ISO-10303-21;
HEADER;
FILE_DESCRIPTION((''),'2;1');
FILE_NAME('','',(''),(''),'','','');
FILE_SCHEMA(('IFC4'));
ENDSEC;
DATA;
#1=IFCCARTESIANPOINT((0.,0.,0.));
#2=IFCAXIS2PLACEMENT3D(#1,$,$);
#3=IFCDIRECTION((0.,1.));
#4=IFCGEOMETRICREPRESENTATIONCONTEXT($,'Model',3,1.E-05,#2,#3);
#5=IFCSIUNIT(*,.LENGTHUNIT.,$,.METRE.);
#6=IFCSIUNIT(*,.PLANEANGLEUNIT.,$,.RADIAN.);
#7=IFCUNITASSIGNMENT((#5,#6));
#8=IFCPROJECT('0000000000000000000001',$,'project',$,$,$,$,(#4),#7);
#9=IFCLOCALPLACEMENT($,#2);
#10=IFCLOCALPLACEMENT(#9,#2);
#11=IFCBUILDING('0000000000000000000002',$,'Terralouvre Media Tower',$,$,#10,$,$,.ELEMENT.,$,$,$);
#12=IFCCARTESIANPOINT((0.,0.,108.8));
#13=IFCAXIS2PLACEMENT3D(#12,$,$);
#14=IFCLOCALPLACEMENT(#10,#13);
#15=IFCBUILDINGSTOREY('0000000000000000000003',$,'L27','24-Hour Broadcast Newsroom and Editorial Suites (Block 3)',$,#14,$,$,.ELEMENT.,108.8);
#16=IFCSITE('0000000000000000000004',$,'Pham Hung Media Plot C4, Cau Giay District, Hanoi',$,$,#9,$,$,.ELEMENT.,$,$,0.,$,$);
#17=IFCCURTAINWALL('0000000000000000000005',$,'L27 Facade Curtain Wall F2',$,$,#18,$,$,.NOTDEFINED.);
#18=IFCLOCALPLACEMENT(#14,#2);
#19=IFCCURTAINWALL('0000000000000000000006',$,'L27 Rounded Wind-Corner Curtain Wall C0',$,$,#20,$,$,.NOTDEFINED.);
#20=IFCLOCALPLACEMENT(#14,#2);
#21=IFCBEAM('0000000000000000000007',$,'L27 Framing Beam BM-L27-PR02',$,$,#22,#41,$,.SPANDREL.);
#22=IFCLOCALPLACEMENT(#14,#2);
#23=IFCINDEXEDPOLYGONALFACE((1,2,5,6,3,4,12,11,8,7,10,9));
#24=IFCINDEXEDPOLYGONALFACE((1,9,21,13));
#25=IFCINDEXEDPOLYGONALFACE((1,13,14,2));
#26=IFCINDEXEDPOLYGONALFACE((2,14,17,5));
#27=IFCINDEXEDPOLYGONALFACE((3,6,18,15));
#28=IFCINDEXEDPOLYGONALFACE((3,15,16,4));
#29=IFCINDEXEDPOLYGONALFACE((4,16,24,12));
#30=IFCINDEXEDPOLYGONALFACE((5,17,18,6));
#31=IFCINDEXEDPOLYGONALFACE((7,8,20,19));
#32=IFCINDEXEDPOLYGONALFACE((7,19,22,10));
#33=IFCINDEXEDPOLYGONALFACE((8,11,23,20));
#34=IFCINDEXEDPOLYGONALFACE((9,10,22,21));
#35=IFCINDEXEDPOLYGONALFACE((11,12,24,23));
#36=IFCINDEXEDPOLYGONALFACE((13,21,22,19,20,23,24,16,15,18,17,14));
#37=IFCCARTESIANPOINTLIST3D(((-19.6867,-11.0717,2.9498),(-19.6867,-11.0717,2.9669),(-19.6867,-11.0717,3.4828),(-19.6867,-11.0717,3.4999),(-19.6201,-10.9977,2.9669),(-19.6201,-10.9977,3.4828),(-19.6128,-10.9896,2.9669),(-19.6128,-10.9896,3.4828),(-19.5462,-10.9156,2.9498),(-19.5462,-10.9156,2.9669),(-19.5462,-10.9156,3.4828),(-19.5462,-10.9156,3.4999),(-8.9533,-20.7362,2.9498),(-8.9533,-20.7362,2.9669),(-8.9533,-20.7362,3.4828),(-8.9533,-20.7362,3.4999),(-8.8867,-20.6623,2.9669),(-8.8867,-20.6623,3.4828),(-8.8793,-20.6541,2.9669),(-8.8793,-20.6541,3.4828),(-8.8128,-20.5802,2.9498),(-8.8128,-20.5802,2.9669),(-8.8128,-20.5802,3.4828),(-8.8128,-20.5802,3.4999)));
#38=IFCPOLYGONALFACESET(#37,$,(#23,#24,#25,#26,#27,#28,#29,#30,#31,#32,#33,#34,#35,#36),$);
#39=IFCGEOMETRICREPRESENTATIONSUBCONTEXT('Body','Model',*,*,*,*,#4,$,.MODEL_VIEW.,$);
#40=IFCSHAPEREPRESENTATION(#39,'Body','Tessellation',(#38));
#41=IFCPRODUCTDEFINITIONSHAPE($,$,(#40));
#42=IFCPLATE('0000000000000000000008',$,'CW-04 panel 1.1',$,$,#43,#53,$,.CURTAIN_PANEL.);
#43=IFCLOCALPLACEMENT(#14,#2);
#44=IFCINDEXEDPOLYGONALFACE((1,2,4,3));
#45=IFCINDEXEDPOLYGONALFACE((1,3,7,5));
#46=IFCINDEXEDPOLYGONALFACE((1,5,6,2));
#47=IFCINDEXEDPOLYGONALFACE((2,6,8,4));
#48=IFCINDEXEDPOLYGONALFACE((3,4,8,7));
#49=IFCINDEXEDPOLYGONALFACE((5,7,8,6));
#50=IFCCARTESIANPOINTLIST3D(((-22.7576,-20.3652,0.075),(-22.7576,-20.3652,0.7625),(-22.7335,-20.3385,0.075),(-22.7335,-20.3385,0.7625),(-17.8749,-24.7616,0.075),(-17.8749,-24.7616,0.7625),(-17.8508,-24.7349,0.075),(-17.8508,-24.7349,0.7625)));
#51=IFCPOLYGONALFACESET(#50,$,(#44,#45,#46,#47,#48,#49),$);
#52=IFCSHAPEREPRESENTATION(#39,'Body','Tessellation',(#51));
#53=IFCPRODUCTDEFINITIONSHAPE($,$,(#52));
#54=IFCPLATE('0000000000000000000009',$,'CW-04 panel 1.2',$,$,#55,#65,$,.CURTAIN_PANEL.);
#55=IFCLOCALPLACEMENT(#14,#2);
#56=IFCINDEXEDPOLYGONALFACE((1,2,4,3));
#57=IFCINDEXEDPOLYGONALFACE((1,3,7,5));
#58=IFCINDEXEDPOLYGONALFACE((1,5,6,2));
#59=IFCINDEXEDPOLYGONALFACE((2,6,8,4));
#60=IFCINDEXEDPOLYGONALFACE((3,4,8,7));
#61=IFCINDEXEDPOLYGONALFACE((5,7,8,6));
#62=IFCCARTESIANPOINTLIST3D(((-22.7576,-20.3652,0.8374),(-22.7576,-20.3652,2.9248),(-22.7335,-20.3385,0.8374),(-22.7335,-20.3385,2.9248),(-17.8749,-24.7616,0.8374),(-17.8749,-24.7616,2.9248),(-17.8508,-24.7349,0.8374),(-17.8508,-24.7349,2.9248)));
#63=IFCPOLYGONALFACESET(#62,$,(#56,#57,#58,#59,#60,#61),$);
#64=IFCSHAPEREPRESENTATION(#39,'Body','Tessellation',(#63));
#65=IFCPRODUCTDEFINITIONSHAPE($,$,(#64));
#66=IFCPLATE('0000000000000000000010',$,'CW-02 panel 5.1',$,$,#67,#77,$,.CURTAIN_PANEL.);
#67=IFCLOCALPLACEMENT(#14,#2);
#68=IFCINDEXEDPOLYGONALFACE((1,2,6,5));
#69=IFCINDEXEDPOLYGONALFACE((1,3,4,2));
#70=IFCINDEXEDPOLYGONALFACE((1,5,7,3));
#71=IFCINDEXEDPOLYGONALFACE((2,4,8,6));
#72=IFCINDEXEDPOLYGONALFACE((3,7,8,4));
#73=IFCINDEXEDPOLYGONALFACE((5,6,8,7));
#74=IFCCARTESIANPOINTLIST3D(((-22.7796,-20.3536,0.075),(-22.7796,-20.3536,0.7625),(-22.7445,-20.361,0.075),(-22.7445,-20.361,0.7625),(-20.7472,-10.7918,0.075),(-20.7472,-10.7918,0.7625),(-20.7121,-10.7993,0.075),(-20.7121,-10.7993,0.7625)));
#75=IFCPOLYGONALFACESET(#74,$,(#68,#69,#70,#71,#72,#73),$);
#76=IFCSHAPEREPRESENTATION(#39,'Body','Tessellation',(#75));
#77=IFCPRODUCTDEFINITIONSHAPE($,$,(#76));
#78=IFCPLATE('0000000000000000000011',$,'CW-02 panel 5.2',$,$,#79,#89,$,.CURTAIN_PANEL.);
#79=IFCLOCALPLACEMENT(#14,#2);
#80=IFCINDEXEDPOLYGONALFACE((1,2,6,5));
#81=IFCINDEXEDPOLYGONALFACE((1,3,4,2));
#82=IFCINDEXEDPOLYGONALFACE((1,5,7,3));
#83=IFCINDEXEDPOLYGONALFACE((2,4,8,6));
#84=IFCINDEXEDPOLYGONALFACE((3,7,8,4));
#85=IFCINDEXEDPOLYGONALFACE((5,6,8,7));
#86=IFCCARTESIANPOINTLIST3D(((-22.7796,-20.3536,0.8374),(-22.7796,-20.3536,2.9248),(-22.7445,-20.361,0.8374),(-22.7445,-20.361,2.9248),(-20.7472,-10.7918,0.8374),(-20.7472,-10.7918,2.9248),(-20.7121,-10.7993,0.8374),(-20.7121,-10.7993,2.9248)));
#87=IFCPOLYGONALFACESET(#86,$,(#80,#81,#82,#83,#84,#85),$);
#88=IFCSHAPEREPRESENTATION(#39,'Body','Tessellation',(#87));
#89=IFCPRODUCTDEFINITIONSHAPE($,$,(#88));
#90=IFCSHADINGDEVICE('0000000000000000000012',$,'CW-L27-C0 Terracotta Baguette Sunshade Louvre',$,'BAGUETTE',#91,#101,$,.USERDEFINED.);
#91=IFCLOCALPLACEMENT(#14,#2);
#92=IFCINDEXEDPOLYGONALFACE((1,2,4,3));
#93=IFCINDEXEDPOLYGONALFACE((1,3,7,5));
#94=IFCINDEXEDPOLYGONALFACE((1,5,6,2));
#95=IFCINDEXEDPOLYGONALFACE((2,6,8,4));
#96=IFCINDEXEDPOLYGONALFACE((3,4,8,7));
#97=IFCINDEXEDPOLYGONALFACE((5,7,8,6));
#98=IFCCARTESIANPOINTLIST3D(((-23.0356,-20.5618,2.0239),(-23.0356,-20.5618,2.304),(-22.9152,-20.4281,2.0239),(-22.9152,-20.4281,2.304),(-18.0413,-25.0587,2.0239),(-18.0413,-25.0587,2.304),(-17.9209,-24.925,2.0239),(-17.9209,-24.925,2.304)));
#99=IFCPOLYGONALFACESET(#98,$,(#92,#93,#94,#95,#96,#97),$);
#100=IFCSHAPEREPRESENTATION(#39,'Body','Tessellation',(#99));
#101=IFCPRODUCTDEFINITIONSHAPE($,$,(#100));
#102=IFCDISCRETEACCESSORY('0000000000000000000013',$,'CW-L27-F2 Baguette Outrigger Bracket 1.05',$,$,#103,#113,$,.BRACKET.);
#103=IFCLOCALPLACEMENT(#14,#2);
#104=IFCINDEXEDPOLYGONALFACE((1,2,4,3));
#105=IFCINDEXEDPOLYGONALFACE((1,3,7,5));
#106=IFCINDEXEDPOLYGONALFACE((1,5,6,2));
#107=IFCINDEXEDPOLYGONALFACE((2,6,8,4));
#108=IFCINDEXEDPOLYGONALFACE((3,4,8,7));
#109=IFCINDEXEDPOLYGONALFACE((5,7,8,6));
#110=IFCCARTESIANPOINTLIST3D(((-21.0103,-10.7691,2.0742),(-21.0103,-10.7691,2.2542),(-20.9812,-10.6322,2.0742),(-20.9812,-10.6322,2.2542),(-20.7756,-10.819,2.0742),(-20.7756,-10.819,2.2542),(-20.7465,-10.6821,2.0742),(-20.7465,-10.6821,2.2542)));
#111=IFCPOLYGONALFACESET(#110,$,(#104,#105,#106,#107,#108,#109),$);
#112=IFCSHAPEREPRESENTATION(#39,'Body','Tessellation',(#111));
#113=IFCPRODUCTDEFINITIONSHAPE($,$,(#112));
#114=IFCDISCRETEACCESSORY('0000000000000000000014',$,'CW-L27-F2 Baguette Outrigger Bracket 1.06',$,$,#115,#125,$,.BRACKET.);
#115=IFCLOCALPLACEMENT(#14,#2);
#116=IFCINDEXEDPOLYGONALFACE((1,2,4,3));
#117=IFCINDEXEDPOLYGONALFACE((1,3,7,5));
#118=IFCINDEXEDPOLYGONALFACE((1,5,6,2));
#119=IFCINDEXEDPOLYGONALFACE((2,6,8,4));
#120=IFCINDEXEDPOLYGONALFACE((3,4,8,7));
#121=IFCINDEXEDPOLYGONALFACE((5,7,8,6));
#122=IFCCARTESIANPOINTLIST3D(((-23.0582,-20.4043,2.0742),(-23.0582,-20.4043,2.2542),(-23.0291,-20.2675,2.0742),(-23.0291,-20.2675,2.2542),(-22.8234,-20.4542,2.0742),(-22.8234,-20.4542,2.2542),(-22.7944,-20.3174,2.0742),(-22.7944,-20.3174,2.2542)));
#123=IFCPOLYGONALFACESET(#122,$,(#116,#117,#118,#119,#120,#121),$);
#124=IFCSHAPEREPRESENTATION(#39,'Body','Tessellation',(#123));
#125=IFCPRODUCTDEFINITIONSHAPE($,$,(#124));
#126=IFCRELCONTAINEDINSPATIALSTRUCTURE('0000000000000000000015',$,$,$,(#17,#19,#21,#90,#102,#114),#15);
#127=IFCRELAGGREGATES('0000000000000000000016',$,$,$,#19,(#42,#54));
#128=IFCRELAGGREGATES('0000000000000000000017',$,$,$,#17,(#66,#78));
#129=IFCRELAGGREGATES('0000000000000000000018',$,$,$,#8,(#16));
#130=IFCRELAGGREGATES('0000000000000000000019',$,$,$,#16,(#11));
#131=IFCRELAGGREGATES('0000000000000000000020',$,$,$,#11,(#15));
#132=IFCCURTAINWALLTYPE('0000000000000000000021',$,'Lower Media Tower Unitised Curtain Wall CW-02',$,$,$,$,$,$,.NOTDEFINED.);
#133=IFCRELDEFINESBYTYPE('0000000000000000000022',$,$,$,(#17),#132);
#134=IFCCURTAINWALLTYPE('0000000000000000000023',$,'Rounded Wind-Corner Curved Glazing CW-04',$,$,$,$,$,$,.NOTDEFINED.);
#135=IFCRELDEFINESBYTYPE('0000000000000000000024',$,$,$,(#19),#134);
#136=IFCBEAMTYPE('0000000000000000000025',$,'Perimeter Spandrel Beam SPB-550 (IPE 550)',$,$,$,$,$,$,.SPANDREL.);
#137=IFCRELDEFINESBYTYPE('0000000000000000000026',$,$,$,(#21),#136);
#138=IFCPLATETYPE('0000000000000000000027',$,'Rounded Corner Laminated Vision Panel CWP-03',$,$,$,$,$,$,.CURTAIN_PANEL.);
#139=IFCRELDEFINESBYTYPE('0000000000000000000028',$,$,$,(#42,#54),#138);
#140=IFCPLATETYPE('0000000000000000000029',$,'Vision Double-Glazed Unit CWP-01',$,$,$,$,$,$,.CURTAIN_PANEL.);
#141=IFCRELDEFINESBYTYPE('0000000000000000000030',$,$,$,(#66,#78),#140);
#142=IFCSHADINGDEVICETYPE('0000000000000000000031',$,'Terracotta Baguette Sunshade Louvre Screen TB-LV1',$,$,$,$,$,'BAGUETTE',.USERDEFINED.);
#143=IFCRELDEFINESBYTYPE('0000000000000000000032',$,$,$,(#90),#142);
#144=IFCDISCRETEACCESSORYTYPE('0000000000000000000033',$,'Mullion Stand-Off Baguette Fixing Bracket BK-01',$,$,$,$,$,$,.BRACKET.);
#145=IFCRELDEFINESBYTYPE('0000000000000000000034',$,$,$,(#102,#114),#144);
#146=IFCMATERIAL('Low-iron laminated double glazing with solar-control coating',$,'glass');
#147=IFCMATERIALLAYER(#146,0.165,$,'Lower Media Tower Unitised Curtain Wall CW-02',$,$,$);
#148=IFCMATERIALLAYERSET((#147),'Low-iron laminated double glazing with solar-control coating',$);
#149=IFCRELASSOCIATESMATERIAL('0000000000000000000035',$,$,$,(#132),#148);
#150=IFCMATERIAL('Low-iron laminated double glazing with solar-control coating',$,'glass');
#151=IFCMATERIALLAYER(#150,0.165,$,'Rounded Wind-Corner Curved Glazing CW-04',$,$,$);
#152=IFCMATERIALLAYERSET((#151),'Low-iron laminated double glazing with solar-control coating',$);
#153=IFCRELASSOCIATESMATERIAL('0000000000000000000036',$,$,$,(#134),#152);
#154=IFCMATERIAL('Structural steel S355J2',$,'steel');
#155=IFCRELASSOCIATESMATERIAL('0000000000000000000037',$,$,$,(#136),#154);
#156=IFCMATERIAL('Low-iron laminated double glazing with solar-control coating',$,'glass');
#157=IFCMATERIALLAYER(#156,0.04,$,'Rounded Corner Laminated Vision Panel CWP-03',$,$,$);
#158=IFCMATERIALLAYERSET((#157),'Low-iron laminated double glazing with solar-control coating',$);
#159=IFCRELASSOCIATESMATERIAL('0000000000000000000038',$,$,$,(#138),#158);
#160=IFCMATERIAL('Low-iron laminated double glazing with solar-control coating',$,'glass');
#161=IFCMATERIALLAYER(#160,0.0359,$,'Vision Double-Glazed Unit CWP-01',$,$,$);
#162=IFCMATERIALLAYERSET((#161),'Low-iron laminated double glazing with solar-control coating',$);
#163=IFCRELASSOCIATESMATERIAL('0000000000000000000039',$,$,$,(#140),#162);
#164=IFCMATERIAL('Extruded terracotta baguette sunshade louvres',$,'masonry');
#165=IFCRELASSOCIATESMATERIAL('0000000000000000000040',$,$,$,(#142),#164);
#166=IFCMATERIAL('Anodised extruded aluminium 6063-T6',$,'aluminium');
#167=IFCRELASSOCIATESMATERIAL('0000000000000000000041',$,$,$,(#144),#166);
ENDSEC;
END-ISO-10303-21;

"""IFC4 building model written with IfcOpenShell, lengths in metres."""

from ifc_helpers import new_model, si_unit, direction, frame, origin, origin_2d, place, context, subcontext, project, spatial, rectangle, i_section, extrude, material, layer, layer_set, material_profile, profile_set, type_object, element, aggregate, save


model = new_model("IFC4")

# Units and contexts
model_context = context("Model", 3, precision=1e-05, world=origin(), true_north=direction((0.0, 1.0)))
body_context = subcontext(model_context, "Body", "Model", "MODEL_VIEW")
ifc_project = project(units=[si_unit("LENGTHUNIT", "METRE"), si_unit("PLANEANGLEUNIT", "RADIAN")], contexts=[model_context])

# Site, building, storey
site_placement = place(None, origin())
site = spatial("IfcSite", under=ifc_project, at=site_placement, Name="Pham Hung Media Plot C4, Cau Giay District, Hanoi", CompositionType="ELEMENT", RefElevation=0.0)
building_placement = place(site_placement, origin())
building = spatial("IfcBuilding", under=site, at=building_placement, Name="Terralouvre Media Tower", CompositionType="ELEMENT")
storey_placement = place(building_placement, frame((0.0, 0.0, 108.8)))
storey = spatial("IfcBuildingStorey", under=building, at=storey_placement, Name="L27", Description="24-Hour Broadcast Newsroom and Editorial Suites (Block 3)", CompositionType="ELEMENT", Elevation=108.8)

# Curtain walls
ifc_material_1 = material(Name="Low-iron laminated double glazing with solar-control coating", Category="glass")
ifc_layer_1 = layer(ifc_material_1, 0.165, Name="Lower Media Tower Unitised Curtain Wall CW-02")
ifc_layer_set_1 = layer_set([ifc_layer_1], Name="Low-iron laminated double glazing with solar-control coating")
curtain_wall_type_1 = type_object("IfcCurtainWallType", Name="Lower Media Tower Unitised Curtain Wall CW-02", PredefinedType="NOTDEFINED", material=ifc_layer_set_1)
curtain_wall_1_placement = place(storey_placement, origin())
curtain_wall_1 = element("IfcCurtainWall", 1, at=curtain_wall_1_placement, inside=storey, type_object=curtain_wall_type_1, Name="L27 Facade Curtain Wall F2", PredefinedType="NOTDEFINED")
ifc_material_2 = material(Name="Low-iron laminated double glazing with solar-control coating", Category="glass")
ifc_layer_2 = layer(ifc_material_2, 0.165, Name="Rounded Wind-Corner Curved Glazing CW-04")
ifc_layer_set_2 = layer_set([ifc_layer_2], Name="Low-iron laminated double glazing with solar-control coating")
curtain_wall_type_2 = type_object("IfcCurtainWallType", Name="Rounded Wind-Corner Curved Glazing CW-04", PredefinedType="NOTDEFINED", material=ifc_layer_set_2)
curtain_wall_2_placement = place(storey_placement, origin())
curtain_wall_2 = element("IfcCurtainWall", 2, at=curtain_wall_2_placement, inside=storey, type_object=curtain_wall_type_2, Name="L27 Rounded Wind-Corner Curtain Wall C0", PredefinedType="NOTDEFINED")

# Beam
ifc_material_3 = material(Name="Structural steel S355J2", Category="steel")
ifc_material_profile_1 = material_profile(ifc_material_3, i_section(OverallWidth=0.21, OverallDepth=0.55, WebThickness=0.011, FlangeThickness=0.0171, at=origin_2d()), Name="IPE 550")
ifc_profile_set_1 = profile_set([ifc_material_profile_1], Name="Structural steel S355J2")
beam_type = type_object("IfcBeamType", Name="Perimeter Spandrel Beam SPB-550 (IPE 550)", PredefinedType="SPANDREL", material=ifc_profile_set_1)
beam_placement = place(storey_placement, frame((-19.6165, -10.9937, 3.2249), z_axis=(0.743139, -0.669137, 0.0), x_axis=(0.669137, 0.743139, 0.0)))
element("IfcBeam", 3, at=beam_placement, inside=storey, type_object=beam_type, Name="L27 Framing Beam BM-L27-PR02", PredefinedType="SPANDREL", context=body_context, shape_type="SweptSolid", body=[
    extrude(i_section(OverallWidth=0.21, OverallDepth=0.55, WebThickness=0.011, FlangeThickness=0.0171, at=origin_2d()), origin(), (0.0, 0.0, 1.0), 14.4434),
])

# Plates
ifc_material_4 = material(Name="Low-iron laminated double glazing with solar-control coating", Category="glass")
ifc_layer_3 = layer(ifc_material_4, 0.04, Name="Rounded Corner Laminated Vision Panel CWP-03")
ifc_layer_set_3 = layer_set([ifc_layer_3], Name="Low-iron laminated double glazing with solar-control coating")
plate_type_1 = type_object("IfcPlateType", Name="Rounded Corner Laminated Vision Panel CWP-03", PredefinedType="CURTAIN_PANEL", material=ifc_layer_set_3)
plate_1_placement = place(storey_placement, frame((-20.3042, -22.55, 0.075), z_axis=(0.0, 0.0, 1.0), x_axis=(0.743145, -0.669131, 0.0)))
plate_1 = element("IfcPlate", 4, at=plate_1_placement, type_object=plate_type_1, Name="CW-04 panel 1.1", PredefinedType="CURTAIN_PANEL", context=body_context, shape_type="SweptSolid", body=[
    extrude(rectangle(XDim=6.5703, YDim=0.0359, at=origin_2d()), origin(), (0.0, 0.0, 1.0), 0.6875),
])
plate_2_placement = place(storey_placement, frame((-20.3042, -22.55, 0.8374), z_axis=(0.0, 0.0, 1.0), x_axis=(0.743145, -0.669131, 0.0)))
plate_2 = element("IfcPlate", 5, at=plate_2_placement, type_object=plate_type_1, Name="CW-04 panel 1.2", PredefinedType="CURTAIN_PANEL", context=body_context, shape_type="SweptSolid", body=[
    extrude(rectangle(XDim=6.5703, YDim=0.0359, at=origin_2d()), origin(), (0.0, 0.0, 1.0), 2.0874),
])
aggregate(curtain_wall_2, [plate_1, plate_2])
ifc_material_5 = material(Name="Low-iron laminated double glazing with solar-control coating", Category="glass")
ifc_layer_4 = layer(ifc_material_5, 0.0359, Name="Vision Double-Glazed Unit CWP-01")
ifc_layer_set_4 = layer_set([ifc_layer_4], Name="Low-iron laminated double glazing with solar-control coating")
plate_type_2 = type_object("IfcPlateType", Name="Vision Double-Glazed Unit CWP-01", PredefinedType="CURTAIN_PANEL", material=ifc_layer_set_4)
plate_3_placement = place(storey_placement, frame((-21.7458, -15.5764, 0.075), z_axis=(0.0, 0.0, 1.0), x_axis=(-0.207912, -0.978148, 0.0)))
plate_3 = element("IfcPlate", 6, at=plate_3_placement, type_object=plate_type_2, Name="CW-02 panel 5.1", PredefinedType="CURTAIN_PANEL", context=body_context, shape_type="SweptSolid", body=[
    extrude(rectangle(XDim=9.7754, YDim=0.0359, at=origin_2d()), origin(), (0.0, 0.0, 1.0), 0.6875),
])
plate_4_placement = place(storey_placement, frame((-21.7458, -15.5764, 0.8374), z_axis=(0.0, 0.0, 1.0), x_axis=(-0.207912, -0.978148, 0.0)))
plate_4 = element("IfcPlate", 7, at=plate_4_placement, type_object=plate_type_2, Name="CW-02 panel 5.2", PredefinedType="CURTAIN_PANEL", context=body_context, shape_type="SweptSolid", body=[
    extrude(rectangle(XDim=9.7754, YDim=0.0359, at=origin_2d()), origin(), (0.0, 0.0, 1.0), 2.0874),
])
aggregate(curtain_wall_1, [plate_3, plate_4])

# Shading device
ifc_material_6 = material(Name="Extruded terracotta baguette sunshade louvres", Category="masonry")
shading_device_type = type_object("IfcShadingDeviceType", Name="Terracotta Baguette Sunshade Louvre Screen TB-LV1", ElementType="BAGUETTE", PredefinedType="USERDEFINED", material=ifc_material_6)
shading_device_placement = place(storey_placement, frame((-20.4783, -22.7434, 2.0239), z_axis=(0.0, 0.0, 1.0), x_axis=(0.743145, -0.669131, 0.0)))
element("IfcShadingDevice", 8, at=shading_device_placement, inside=storey, type_object=shading_device_type, Name="CW-L27-C0 Terracotta Baguette Sunshade Louvre", ObjectType="BAGUETTE", PredefinedType="USERDEFINED", context=body_context, shape_type="SweptSolid", body=[
    extrude(rectangle(XDim=6.7205, YDim=0.1799, at=origin_2d()), origin(), (0.0, 0.0, 1.0), 0.28),
])

# Discrete accessories
ifc_material_7 = material(Name="Anodised extruded aluminium 6063-T6", Category="aluminium")
discrete_accessory_type = type_object("IfcDiscreteAccessoryType", Name="Mullion Stand-Off Baguette Fixing Bracket BK-01", PredefinedType="BRACKET", material=ifc_material_7)
for number, where, z_axis, x_axis, name in (
    (9, (-20.8784, -10.7256, 2.0742), (0.0, 0.0, 1.0), (-0.207912, -0.978148, 0.0), "CW-L27-F2 Baguette Outrigger Bracket 1.05"),
    (10, (-22.9263, -20.3608, 2.0742), (0.0, 0.0, 1.0), (-0.207912, -0.978148, 0.0), "CW-L27-F2 Baguette Outrigger Bracket 1.06"),
):
    element("IfcDiscreteAccessory", number, at=place(storey_placement, frame(where, z_axis=z_axis, x_axis=x_axis)), inside=storey, type_object=discrete_accessory_type, Name=name, PredefinedType="BRACKET", context=body_context, shape_type="SweptSolid", body=[
        extrude(rectangle(XDim=0.1399, YDim=0.24, at=origin_2d()), origin(), (0.0, 0.0, 1.0), 0.1799),
    ])

save(model, "model.ifc")
